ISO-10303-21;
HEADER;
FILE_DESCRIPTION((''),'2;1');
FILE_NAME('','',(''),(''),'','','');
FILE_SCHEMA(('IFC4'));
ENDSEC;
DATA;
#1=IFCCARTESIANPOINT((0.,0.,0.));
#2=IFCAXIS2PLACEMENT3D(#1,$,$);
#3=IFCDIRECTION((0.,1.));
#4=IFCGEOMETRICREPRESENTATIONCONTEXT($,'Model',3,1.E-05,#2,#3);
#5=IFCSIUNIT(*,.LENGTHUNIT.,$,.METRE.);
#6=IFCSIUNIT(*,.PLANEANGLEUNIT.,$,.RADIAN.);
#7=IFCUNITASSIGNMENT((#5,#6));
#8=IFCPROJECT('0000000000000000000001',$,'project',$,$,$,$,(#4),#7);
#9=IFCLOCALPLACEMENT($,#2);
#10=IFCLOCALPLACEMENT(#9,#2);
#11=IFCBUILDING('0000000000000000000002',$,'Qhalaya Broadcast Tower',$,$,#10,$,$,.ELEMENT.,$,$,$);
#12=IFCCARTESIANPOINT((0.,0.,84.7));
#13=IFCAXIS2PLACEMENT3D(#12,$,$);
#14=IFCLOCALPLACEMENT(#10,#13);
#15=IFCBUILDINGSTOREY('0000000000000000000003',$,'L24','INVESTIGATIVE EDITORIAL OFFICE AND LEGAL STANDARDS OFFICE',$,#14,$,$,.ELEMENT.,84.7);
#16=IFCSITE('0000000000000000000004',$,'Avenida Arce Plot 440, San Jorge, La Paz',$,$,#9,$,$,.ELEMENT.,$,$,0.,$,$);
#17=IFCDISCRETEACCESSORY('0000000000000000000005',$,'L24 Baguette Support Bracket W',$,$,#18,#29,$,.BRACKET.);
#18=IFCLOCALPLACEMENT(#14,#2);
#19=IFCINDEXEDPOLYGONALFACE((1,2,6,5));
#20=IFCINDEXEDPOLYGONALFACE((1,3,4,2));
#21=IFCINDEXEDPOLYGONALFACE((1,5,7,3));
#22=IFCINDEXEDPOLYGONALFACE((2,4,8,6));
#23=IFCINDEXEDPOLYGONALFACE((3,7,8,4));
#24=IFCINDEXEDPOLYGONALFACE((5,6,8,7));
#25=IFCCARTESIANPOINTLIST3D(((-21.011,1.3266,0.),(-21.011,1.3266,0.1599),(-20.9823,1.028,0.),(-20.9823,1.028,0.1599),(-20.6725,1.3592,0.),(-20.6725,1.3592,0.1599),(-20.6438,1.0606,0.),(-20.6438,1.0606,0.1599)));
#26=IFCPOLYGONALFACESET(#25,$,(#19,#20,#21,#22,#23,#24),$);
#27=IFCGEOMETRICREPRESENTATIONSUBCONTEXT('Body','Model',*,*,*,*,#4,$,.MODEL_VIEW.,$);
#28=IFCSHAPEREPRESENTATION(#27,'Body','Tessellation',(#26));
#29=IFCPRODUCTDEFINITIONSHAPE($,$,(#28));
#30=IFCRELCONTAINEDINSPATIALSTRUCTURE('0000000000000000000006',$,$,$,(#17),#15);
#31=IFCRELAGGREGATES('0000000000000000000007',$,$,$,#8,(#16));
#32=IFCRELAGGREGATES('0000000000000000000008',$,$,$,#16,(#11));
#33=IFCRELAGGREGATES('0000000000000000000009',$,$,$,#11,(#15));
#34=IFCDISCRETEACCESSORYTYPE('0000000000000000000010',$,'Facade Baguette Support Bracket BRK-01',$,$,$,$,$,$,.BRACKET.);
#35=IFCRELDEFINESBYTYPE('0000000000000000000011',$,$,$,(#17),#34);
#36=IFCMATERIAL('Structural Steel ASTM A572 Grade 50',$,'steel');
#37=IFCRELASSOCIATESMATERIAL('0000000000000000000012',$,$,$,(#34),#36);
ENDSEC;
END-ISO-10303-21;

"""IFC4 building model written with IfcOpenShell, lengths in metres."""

from ifc_helpers import new_model, si_unit, direction, frame, origin, origin_2d, place, context, subcontext, project, spatial, rectangle, extrude, material, type_object, element, save


model = new_model("IFC4")

# Units and contexts
model_context = context("Model", 3, precision=1e-05, world=origin(), true_north=direction((0.0, 1.0)))
body_context = subcontext(model_context, "Body", "Model", "MODEL_VIEW")
ifc_project = project(units=[si_unit("LENGTHUNIT", "METRE"), si_unit("PLANEANGLEUNIT", "RADIAN")], contexts=[model_context])

# Site, building, storey
site_placement = place(None, origin())
site = spatial("IfcSite", under=ifc_project, at=site_placement, Name="Avenida Arce Plot 440, San Jorge, La Paz", CompositionType="ELEMENT", RefElevation=0.0)
building_placement = place(site_placement, origin())
building = spatial("IfcBuilding", under=site, at=building_placement, Name="Qhalaya Broadcast Tower", CompositionType="ELEMENT")
storey_placement = place(building_placement, frame((0.0, 0.0, 84.7)))
storey = spatial("IfcBuildingStorey", under=building, at=storey_placement, Name="L24", Description="INVESTIGATIVE EDITORIAL OFFICE AND LEGAL STANDARDS OFFICE", CompositionType="ELEMENT", Elevation=84.7)

# Shared definitions
ifc_material_1 = material(Name="Structural Steel ASTM A572 Grade 50", Category="steel")

# Discrete accessory
discrete_accessory_type = type_object("IfcDiscreteAccessoryType", Name="Facade Baguette Support Bracket BRK-01", PredefinedType="BRACKET", material=ifc_material_1)
discrete_accessory_placement = place(storey_placement, frame((-20.8274, 1.1936, 0.0), z_axis=(0.0, 0.0, 1.0), x_axis=(0.095846, -0.995396, 0.0)))
element("IfcDiscreteAccessory", 1, at=discrete_accessory_placement, inside=storey, type_object=discrete_accessory_type, Name="L24 Baguette Support Bracket W", PredefinedType="BRACKET", context=body_context, shape_type="SweptSolid", body=[
    extrude(rectangle(XDim=0.3, YDim=0.3401, at=origin_2d()), origin(), (0.0, 0.0, 1.0), 0.1599),
])

save(model, "model.ifc")
